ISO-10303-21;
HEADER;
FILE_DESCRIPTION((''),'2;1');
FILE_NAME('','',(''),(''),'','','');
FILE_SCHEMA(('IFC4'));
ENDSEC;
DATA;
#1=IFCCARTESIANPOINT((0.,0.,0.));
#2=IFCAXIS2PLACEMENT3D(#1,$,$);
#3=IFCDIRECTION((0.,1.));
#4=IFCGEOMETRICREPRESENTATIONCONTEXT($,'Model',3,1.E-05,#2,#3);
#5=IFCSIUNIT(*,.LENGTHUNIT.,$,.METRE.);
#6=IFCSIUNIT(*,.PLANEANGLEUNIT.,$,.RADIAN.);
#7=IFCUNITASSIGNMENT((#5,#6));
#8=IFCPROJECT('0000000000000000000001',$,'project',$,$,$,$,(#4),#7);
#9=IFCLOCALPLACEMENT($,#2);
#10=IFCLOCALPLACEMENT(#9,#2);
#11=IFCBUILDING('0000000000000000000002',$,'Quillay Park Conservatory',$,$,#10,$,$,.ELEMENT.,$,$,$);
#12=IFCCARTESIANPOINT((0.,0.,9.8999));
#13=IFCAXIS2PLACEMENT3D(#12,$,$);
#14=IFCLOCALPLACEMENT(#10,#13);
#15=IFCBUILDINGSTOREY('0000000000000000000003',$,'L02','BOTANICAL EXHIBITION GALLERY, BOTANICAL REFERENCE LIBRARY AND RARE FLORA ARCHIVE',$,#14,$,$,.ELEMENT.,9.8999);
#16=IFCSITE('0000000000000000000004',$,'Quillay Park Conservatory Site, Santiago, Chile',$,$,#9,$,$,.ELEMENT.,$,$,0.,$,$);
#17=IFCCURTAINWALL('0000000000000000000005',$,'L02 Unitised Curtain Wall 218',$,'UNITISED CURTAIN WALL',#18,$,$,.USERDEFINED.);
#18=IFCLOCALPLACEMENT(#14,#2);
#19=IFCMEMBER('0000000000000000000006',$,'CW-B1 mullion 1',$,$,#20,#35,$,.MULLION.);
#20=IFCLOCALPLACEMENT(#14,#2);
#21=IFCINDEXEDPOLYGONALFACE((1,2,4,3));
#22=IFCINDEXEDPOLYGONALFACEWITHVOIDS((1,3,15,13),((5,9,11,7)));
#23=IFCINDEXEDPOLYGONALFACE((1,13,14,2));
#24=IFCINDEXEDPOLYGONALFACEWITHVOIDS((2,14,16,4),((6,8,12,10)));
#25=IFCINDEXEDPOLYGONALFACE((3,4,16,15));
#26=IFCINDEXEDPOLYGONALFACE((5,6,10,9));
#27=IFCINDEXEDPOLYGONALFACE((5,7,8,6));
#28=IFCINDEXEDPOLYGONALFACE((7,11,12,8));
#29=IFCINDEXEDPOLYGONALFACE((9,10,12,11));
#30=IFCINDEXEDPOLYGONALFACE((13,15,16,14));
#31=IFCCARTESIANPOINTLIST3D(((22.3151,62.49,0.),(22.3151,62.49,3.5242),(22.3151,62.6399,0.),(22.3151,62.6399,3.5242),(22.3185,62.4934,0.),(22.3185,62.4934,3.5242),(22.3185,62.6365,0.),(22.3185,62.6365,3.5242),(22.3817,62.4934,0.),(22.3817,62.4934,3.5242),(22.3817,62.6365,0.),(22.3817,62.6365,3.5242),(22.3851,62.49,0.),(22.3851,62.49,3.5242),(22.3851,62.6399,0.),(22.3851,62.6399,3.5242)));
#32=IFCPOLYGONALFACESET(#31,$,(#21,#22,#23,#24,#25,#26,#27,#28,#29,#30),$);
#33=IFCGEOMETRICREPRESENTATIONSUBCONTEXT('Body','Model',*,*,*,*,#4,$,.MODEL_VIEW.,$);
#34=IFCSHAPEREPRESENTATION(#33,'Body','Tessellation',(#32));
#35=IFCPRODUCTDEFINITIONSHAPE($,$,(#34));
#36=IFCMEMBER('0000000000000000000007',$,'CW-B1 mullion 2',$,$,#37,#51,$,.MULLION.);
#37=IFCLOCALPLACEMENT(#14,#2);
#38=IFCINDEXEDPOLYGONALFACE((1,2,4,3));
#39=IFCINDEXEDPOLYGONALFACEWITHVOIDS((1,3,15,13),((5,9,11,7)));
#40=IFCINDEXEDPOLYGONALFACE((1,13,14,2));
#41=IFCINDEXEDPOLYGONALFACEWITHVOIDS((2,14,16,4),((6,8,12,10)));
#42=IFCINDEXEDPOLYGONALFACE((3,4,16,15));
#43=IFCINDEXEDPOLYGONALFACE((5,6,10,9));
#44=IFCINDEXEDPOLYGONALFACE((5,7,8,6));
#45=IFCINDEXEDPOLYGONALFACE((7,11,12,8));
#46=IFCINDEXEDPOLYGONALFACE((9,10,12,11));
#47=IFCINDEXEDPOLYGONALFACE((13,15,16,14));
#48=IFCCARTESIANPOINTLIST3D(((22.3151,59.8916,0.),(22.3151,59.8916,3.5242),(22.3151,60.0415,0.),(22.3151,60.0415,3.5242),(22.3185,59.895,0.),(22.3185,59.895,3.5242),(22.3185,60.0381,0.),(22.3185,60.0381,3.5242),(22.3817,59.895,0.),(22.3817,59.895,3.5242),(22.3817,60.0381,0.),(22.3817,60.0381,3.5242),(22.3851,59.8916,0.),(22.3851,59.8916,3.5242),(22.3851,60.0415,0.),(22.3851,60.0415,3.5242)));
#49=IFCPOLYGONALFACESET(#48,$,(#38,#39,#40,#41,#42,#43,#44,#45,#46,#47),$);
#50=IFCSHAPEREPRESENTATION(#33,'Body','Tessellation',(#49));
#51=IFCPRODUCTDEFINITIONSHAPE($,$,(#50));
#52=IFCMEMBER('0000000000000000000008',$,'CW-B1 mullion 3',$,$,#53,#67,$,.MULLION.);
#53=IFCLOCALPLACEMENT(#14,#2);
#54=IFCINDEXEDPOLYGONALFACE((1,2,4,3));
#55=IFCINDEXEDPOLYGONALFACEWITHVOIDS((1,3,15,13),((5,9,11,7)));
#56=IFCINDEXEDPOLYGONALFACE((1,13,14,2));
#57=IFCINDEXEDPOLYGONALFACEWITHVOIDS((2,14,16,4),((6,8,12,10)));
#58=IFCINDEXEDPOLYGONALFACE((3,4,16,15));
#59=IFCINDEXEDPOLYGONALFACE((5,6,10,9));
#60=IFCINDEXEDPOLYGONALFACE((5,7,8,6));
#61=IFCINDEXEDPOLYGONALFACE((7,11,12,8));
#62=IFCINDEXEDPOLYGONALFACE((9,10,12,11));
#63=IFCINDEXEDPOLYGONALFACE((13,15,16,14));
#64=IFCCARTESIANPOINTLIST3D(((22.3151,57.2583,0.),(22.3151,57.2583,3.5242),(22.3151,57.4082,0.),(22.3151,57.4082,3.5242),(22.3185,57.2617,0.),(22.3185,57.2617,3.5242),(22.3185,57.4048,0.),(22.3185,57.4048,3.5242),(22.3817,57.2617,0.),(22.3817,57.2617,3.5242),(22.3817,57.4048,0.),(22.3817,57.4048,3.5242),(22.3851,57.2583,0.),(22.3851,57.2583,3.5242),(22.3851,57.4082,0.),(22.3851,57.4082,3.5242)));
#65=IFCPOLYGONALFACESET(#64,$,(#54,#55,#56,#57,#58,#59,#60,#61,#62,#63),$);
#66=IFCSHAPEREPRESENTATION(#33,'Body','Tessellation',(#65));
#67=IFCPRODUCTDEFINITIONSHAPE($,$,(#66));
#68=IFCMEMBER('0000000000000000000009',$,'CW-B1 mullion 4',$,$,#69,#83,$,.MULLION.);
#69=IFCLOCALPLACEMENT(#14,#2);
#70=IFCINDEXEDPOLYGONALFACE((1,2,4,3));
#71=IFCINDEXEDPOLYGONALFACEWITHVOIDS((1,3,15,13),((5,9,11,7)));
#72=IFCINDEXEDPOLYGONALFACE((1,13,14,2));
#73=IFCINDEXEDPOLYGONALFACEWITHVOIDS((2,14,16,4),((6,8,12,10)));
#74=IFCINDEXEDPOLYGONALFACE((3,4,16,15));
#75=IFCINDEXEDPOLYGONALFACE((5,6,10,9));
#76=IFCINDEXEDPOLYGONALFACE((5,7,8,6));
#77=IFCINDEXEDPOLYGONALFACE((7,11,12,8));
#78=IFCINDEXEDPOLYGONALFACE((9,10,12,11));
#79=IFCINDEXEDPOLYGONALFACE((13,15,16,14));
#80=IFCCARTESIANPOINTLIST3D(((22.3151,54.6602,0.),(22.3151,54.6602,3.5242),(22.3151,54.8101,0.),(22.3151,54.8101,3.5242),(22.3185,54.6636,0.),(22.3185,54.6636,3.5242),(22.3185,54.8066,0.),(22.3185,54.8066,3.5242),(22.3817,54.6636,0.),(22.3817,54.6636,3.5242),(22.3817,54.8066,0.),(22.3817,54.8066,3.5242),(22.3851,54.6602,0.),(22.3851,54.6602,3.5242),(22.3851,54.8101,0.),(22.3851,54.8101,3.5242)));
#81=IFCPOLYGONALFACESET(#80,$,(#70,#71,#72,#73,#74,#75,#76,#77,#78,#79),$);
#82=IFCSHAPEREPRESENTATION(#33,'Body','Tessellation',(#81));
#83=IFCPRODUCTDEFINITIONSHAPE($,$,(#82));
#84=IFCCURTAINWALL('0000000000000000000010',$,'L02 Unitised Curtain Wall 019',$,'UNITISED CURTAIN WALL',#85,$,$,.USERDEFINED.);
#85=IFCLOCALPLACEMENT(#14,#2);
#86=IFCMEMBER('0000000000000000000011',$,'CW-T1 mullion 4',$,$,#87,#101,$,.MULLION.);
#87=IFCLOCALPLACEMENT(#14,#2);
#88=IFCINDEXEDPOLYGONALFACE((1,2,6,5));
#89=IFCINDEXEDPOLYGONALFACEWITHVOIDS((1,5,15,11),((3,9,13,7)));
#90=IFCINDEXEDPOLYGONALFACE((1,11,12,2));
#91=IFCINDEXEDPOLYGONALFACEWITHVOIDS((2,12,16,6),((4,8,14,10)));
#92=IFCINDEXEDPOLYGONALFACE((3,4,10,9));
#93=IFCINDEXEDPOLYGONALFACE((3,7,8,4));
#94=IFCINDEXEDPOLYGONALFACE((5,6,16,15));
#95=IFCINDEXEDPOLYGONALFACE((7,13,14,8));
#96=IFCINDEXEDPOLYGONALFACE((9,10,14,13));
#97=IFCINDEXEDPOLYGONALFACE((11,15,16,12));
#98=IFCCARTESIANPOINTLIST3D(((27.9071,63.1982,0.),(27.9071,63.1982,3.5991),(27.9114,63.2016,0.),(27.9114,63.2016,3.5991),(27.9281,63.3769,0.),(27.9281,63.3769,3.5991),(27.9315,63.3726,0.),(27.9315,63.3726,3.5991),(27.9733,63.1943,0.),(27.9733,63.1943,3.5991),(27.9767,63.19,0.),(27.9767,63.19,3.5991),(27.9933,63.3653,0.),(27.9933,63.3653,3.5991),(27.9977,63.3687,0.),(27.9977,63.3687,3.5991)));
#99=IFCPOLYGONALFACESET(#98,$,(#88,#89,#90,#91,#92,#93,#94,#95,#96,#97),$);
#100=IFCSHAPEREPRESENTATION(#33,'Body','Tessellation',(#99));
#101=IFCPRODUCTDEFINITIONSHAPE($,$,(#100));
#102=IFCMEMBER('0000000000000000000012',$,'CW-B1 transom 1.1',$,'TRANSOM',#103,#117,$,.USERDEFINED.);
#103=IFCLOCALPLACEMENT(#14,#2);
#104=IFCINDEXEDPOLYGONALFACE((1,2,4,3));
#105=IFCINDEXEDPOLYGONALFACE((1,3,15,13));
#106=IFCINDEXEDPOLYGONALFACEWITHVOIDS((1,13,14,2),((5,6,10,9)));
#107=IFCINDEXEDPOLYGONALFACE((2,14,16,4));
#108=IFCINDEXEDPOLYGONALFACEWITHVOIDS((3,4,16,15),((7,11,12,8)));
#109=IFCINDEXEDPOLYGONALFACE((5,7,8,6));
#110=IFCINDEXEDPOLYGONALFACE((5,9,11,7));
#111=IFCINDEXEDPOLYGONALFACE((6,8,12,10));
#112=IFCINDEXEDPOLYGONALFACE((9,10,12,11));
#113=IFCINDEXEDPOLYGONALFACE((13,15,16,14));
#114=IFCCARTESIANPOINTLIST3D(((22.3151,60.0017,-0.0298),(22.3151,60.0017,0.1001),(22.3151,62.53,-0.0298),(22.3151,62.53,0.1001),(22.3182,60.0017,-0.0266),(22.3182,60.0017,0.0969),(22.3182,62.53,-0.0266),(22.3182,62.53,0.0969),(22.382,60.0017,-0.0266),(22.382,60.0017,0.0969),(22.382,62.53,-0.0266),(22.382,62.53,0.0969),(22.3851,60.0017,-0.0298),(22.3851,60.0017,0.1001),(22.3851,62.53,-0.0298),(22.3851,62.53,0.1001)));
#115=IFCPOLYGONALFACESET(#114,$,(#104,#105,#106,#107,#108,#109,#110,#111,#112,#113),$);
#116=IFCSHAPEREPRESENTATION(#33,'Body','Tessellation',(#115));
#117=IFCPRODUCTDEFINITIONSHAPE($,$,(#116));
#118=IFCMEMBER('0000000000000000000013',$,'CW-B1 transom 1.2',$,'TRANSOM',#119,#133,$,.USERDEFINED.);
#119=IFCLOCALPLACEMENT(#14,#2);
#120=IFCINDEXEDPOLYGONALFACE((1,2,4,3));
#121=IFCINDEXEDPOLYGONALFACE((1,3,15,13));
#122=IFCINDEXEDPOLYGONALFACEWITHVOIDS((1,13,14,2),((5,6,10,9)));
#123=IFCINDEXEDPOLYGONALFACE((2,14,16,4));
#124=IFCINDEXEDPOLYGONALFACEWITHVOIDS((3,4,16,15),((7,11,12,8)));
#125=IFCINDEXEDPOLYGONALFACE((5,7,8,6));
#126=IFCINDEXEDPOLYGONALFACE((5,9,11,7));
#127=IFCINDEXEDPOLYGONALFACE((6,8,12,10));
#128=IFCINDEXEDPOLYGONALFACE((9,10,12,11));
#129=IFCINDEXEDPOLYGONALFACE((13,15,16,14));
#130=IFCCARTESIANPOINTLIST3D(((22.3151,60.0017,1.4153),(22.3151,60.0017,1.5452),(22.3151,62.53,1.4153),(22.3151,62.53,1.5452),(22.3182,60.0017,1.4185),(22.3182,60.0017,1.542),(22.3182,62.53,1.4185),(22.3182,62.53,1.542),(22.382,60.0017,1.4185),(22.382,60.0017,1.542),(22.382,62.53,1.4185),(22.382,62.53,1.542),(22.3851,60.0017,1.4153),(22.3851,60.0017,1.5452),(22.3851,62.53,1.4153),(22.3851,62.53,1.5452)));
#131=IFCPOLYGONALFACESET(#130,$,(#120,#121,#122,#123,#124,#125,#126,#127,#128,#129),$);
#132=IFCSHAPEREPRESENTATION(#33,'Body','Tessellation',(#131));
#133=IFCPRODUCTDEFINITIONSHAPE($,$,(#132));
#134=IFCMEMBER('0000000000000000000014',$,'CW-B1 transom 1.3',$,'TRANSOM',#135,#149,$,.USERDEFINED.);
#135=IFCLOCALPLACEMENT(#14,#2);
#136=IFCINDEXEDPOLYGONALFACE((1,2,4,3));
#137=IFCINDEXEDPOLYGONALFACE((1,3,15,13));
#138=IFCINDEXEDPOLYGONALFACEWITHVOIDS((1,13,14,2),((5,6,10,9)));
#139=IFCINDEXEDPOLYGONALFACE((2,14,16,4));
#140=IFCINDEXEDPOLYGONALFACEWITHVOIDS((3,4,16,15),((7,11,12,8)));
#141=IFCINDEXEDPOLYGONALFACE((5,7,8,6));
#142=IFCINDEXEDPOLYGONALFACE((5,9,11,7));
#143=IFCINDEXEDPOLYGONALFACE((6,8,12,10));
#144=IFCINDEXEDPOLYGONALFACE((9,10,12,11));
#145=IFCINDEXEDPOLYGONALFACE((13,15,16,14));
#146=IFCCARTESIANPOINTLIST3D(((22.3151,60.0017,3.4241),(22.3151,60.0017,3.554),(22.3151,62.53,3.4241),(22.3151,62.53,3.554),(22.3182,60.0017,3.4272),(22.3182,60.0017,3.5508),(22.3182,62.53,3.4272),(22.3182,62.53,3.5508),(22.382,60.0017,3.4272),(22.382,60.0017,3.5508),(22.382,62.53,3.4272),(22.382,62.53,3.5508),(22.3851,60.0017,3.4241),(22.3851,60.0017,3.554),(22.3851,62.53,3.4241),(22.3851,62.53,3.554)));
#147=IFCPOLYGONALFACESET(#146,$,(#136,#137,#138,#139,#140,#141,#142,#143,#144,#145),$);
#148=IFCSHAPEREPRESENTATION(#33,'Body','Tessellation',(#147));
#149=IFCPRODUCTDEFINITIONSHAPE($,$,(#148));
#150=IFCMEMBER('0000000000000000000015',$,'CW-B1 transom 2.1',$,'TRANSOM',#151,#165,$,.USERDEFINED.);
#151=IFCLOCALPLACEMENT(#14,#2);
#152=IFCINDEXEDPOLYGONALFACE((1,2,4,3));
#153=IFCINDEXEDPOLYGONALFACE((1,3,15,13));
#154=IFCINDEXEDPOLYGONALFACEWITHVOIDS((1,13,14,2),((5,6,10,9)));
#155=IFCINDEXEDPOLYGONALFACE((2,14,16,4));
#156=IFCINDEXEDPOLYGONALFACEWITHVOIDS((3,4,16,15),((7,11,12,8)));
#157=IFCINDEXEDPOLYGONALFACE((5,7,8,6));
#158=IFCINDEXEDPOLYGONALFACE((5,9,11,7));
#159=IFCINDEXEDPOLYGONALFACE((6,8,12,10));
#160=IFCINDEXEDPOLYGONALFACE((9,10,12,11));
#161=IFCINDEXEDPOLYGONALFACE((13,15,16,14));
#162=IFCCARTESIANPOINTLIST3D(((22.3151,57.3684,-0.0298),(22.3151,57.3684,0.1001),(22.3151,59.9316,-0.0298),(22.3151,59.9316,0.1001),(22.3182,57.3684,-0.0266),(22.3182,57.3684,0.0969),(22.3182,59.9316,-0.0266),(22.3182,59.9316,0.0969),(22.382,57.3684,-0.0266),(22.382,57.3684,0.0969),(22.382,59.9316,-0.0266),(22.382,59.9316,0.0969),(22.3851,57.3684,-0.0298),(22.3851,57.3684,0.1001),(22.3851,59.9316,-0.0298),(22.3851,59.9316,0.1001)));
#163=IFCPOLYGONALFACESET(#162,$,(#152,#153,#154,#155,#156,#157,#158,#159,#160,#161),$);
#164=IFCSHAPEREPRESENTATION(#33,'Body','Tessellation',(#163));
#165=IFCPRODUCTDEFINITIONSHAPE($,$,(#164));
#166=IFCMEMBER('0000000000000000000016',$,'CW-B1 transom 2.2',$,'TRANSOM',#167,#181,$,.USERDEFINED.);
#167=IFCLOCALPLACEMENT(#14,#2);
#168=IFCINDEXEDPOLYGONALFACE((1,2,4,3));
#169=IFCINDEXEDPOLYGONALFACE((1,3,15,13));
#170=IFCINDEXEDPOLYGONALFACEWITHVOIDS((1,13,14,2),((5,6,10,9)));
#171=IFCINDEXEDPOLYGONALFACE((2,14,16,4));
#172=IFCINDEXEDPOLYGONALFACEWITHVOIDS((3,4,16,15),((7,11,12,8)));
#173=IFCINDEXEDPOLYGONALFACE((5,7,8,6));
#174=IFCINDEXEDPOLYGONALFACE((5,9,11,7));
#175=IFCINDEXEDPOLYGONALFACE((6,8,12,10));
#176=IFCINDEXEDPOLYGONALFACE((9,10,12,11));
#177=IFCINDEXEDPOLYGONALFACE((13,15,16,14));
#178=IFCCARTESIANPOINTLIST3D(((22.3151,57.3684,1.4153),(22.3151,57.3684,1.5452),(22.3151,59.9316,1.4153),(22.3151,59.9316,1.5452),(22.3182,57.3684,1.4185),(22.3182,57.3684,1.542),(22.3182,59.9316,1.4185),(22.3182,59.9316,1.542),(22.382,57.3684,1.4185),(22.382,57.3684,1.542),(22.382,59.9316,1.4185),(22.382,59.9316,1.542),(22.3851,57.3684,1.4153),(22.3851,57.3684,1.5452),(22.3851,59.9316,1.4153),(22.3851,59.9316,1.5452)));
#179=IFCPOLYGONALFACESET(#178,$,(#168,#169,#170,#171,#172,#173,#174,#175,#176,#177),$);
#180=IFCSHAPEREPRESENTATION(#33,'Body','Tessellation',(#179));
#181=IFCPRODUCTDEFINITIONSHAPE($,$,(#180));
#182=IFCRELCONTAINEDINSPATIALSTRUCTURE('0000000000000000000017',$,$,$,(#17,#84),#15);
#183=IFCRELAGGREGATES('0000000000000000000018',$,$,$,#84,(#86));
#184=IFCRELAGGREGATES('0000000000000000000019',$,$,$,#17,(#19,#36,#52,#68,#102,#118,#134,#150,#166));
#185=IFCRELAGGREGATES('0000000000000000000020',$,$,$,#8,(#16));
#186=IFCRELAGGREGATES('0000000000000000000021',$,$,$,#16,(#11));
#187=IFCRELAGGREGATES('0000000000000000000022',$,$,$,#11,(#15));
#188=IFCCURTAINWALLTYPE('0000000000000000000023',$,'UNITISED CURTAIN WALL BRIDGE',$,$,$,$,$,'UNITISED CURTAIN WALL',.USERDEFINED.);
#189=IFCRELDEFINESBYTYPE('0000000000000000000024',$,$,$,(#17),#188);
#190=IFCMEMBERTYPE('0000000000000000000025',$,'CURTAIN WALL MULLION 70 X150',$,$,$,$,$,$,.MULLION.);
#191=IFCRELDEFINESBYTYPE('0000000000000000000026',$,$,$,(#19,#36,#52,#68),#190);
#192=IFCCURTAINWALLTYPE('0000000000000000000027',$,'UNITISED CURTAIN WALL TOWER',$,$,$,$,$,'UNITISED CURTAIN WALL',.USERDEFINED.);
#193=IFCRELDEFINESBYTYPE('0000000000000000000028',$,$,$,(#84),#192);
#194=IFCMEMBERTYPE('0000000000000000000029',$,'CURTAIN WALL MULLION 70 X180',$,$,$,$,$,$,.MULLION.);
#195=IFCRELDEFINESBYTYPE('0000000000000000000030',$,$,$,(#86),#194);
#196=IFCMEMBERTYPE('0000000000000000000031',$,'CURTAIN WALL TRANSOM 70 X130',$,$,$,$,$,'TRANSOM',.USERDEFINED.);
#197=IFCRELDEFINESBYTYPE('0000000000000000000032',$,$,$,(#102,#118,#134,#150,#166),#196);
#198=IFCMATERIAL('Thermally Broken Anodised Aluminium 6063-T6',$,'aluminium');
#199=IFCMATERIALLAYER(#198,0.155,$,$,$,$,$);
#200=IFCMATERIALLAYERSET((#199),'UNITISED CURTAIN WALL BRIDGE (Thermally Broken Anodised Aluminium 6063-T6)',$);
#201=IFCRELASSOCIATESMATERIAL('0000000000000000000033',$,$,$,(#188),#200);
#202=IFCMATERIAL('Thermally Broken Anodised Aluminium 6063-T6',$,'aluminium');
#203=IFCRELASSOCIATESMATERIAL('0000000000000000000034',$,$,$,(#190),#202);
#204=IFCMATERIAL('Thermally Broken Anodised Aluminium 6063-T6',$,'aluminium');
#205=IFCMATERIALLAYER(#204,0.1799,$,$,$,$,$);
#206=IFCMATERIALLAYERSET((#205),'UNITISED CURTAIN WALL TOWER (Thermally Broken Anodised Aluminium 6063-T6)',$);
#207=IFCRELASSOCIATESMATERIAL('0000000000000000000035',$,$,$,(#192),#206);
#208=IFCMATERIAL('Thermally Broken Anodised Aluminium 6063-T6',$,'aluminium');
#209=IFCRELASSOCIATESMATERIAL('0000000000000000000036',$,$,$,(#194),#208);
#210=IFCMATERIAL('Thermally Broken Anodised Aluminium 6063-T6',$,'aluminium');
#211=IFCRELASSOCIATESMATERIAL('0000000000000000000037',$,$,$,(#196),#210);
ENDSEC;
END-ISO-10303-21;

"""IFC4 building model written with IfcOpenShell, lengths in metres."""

from ifc_helpers import new_model, si_unit, direction, frame, origin, origin_2d, place, context, subcontext, project, spatial, hollow_rectangle, extrude, material, layer, layer_set, material_profile, profile_set, type_object, element, aggregate, save


model = new_model("IFC4")

# Units and contexts
model_context = context("Model", 3, precision=1e-05, world=origin(), true_north=direction((0.0, 1.0)))
body_context = subcontext(model_context, "Body", "Model", "MODEL_VIEW")
ifc_project = project(units=[si_unit("LENGTHUNIT", "METRE"), si_unit("PLANEANGLEUNIT", "RADIAN")], contexts=[model_context])

# Site, building, storey
site_placement = place(None, origin())
site = spatial("IfcSite", under=ifc_project, at=site_placement, Name="Quillay Park Conservatory Site, Santiago, Chile", CompositionType="ELEMENT", RefElevation=0.0)
building_placement = place(site_placement, origin())
building = spatial("IfcBuilding", under=site, at=building_placement, Name="Quillay Park Conservatory", CompositionType="ELEMENT")
storey_placement = place(building_placement, frame((0.0, 0.0, 9.8999)))
storey = spatial("IfcBuildingStorey", under=building, at=storey_placement, Name="L02", Description="BOTANICAL EXHIBITION GALLERY, BOTANICAL REFERENCE LIBRARY AND RARE FLORA ARCHIVE", CompositionType="ELEMENT", Elevation=9.8999)

# Curtain wall, members
ifc_material_1 = material(Name="Thermally Broken Anodised Aluminium 6063-T6", Category="aluminium")
ifc_layer_1 = layer(ifc_material_1, 0.155)
ifc_layer_set_1 = layer_set([ifc_layer_1], Name="UNITISED CURTAIN WALL BRIDGE (Thermally Broken Anodised Aluminium 6063-T6)")
curtain_wall_type_1 = type_object("IfcCurtainWallType", Name="UNITISED CURTAIN WALL BRIDGE", ElementType="UNITISED CURTAIN WALL", PredefinedType="USERDEFINED", material=ifc_layer_set_1)
curtain_wall_1_placement = place(storey_placement, origin())
curtain_wall_1 = element("IfcCurtainWall", 1, at=curtain_wall_1_placement, inside=storey, type_object=curtain_wall_type_1, Name="L02 Unitised Curtain Wall 218", ObjectType="UNITISED CURTAIN WALL", PredefinedType="USERDEFINED")
ifc_material_2 = material(Name="Thermally Broken Anodised Aluminium 6063-T6", Category="aluminium")
ifc_material_profile_1 = material_profile(ifc_material_2, hollow_rectangle(XDim=0.0701, YDim=0.1499, WallThickness=0.0034, at=origin_2d()), Name="AL70x150x3.5")
ifc_profile_set_1 = profile_set([ifc_material_profile_1], Name="Thermally Broken Anodised Aluminium 6063-T6")
member_type_1 = type_object("IfcMemberType", Name="CURTAIN WALL MULLION 70 X150", PredefinedType="MULLION", material=ifc_profile_set_1)
member_1_placement = place(storey_placement, frame((22.3501, 62.5649, 0.0), z_axis=(0.0, 0.0, 1.0), x_axis=(1.0, 0.0, 0.0)))
member_1 = element("IfcMember", 2, at=member_1_placement, type_object=member_type_1, Name="CW-B1 mullion 1", PredefinedType="MULLION", context=body_context, shape_type="SweptSolid", body=[
    extrude(hollow_rectangle(XDim=0.0701, YDim=0.1499, WallThickness=0.0034, at=origin_2d()), origin(), (0.0, 0.0, 1.0), 3.5242),
])
member_2_placement = place(storey_placement, frame((22.3501, 59.9666, 0.0), z_axis=(0.0, 0.0, 1.0), x_axis=(1.0, 0.0, 0.0)))
member_2 = element("IfcMember", 3, at=member_2_placement, type_object=member_type_1, Name="CW-B1 mullion 2", PredefinedType="MULLION", context=body_context, shape_type="SweptSolid", body=[
    extrude(hollow_rectangle(XDim=0.0701, YDim=0.1499, WallThickness=0.0034, at=origin_2d()), origin(), (0.0, 0.0, 1.0), 3.5242),
])
member_3_placement = place(storey_placement, frame((22.3501, 57.3333, 0.0), z_axis=(0.0, 0.0, 1.0), x_axis=(1.0, 0.0, 0.0)))
member_3 = element("IfcMember", 4, at=member_3_placement, type_object=member_type_1, Name="CW-B1 mullion 3", PredefinedType="MULLION", context=body_context, shape_type="SweptSolid", body=[
    extrude(hollow_rectangle(XDim=0.0701, YDim=0.1499, WallThickness=0.0034, at=origin_2d()), origin(), (0.0, 0.0, 1.0), 3.5242),
])
member_4_placement = place(storey_placement, frame((22.3501, 54.7351, 0.0), z_axis=(0.0, 0.0, 1.0), x_axis=(1.0, 0.0, 0.0)))
member_4 = element("IfcMember", 5, at=member_4_placement, type_object=member_type_1, Name="CW-B1 mullion 4", PredefinedType="MULLION", context=body_context, shape_type="SweptSolid", body=[
    extrude(hollow_rectangle(XDim=0.0701, YDim=0.1499, WallThickness=0.0034, at=origin_2d()), origin(), (0.0, 0.0, 1.0), 3.5242),
])

# Curtain wall, member
ifc_material_3 = material(Name="Thermally Broken Anodised Aluminium 6063-T6", Category="aluminium")
ifc_layer_2 = layer(ifc_material_3, 0.1799)
ifc_layer_set_2 = layer_set([ifc_layer_2], Name="UNITISED CURTAIN WALL TOWER (Thermally Broken Anodised Aluminium 6063-T6)")
curtain_wall_type_2 = type_object("IfcCurtainWallType", Name="UNITISED CURTAIN WALL TOWER", ElementType="UNITISED CURTAIN WALL", PredefinedType="USERDEFINED", material=ifc_layer_set_2)
curtain_wall_2_placement = place(storey_placement, origin())
curtain_wall_2 = element("IfcCurtainWall", 6, at=curtain_wall_2_placement, inside=storey, type_object=curtain_wall_type_2, Name="L02 Unitised Curtain Wall 019", ObjectType="UNITISED CURTAIN WALL", PredefinedType="USERDEFINED")
ifc_material_4 = material(Name="Thermally Broken Anodised Aluminium 6063-T6", Category="aluminium")
ifc_material_profile_2 = material_profile(ifc_material_4, hollow_rectangle(XDim=0.0701, YDim=0.1799, WallThickness=0.0039, at=origin_2d()), Name="AL70x180x4")
ifc_profile_set_2 = profile_set([ifc_material_profile_2], Name="Thermally Broken Anodised Aluminium 6063-T6")
member_type_2 = type_object("IfcMemberType", Name="CURTAIN WALL MULLION 70 X180", PredefinedType="MULLION", material=ifc_profile_set_2)
member_5_placement = place(storey_placement, frame((27.9524, 63.2834, 0.0), z_axis=(0.0, 0.0, 1.0), x_axis=(0.993173, -0.116655, 0.0)))
member_5 = element("IfcMember", 7, at=member_5_placement, type_object=member_type_2, Name="CW-T1 mullion 4", PredefinedType="MULLION", context=body_context, shape_type="SweptSolid", body=[
    extrude(hollow_rectangle(XDim=0.0701, YDim=0.1799, WallThickness=0.0039, at=origin_2d()), origin(), (0.0, 0.0, 1.0), 3.5991),
])
aggregate(curtain_wall_2, [member_5])

# Members
ifc_material_5 = material(Name="Thermally Broken Anodised Aluminium 6063-T6", Category="aluminium")
ifc_material_profile_3 = material_profile(ifc_material_5, hollow_rectangle(XDim=0.0701, YDim=0.1299, WallThickness=0.0032, at=origin_2d()), Name="AL70x130x3.2")
ifc_profile_set_3 = profile_set([ifc_material_profile_3], Name="Thermally Broken Anodised Aluminium 6063-T6")
member_type_3 = type_object("IfcMemberType", Name="CURTAIN WALL TRANSOM 70 X130", ElementType="TRANSOM", PredefinedType="USERDEFINED", material=ifc_profile_set_3)
member_6_placement = place(storey_placement, frame((22.3501, 62.53, 0.0352), z_axis=(0.0, -1.0, 0.0), x_axis=(1.0, 0.0, 0.0)))
member_6 = element("IfcMember", 8, at=member_6_placement, type_object=member_type_3, Name="CW-B1 transom 1.1", ObjectType="TRANSOM", PredefinedType="USERDEFINED", context=body_context, shape_type="SweptSolid", body=[
    extrude(hollow_rectangle(XDim=0.0701, YDim=0.1299, WallThickness=0.0032, at=origin_2d()), origin(), (0.0, 0.0, 1.0), 2.5283),
])
member_7_placement = place(storey_placement, frame((22.3501, 62.53, 1.4802), z_axis=(0.0, -1.0, 0.0), x_axis=(1.0, 0.0, 0.0)))
member_7 = element("IfcMember", 9, at=member_7_placement, type_object=member_type_3, Name="CW-B1 transom 1.2", ObjectType="TRANSOM", PredefinedType="USERDEFINED", context=body_context, shape_type="SweptSolid", body=[
    extrude(hollow_rectangle(XDim=0.0701, YDim=0.1299, WallThickness=0.0032, at=origin_2d()), origin(), (0.0, 0.0, 1.0), 2.5283),
])
member_8_placement = place(storey_placement, frame((22.3501, 62.53, 3.489), z_axis=(0.0, -1.0, 0.0), x_axis=(1.0, 0.0, 0.0)))
member_8 = element("IfcMember", 10, at=member_8_placement, type_object=member_type_3, Name="CW-B1 transom 1.3", ObjectType="TRANSOM", PredefinedType="USERDEFINED", context=body_context, shape_type="SweptSolid", body=[
    extrude(hollow_rectangle(XDim=0.0701, YDim=0.1299, WallThickness=0.0032, at=origin_2d()), origin(), (0.0, 0.0, 1.0), 2.5283),
])
member_9_placement = place(storey_placement, frame((22.3501, 59.9316, 0.0352), z_axis=(0.0, -1.0, 0.0), x_axis=(1.0, 0.0, 0.0)))
member_9 = element("IfcMember", 11, at=member_9_placement, type_object=member_type_3, Name="CW-B1 transom 2.1", ObjectType="TRANSOM", PredefinedType="USERDEFINED", context=body_context, shape_type="SweptSolid", body=[
    extrude(hollow_rectangle(XDim=0.0701, YDim=0.1299, WallThickness=0.0032, at=origin_2d()), origin(), (0.0, 0.0, 1.0), 2.5632),
])
member_10_placement = place(storey_placement, frame((22.3501, 59.9316, 1.4802), z_axis=(0.0, -1.0, 0.0), x_axis=(1.0, 0.0, 0.0)))
member_10 = element("IfcMember", 12, at=member_10_placement, type_object=member_type_3, Name="CW-B1 transom 2.2", ObjectType="TRANSOM", PredefinedType="USERDEFINED", context=body_context, shape_type="SweptSolid", body=[
    extrude(hollow_rectangle(XDim=0.0701, YDim=0.1299, WallThickness=0.0032, at=origin_2d()), origin(), (0.0, 0.0, 1.0), 2.5632),
])

aggregate(curtain_wall_1, [member_1, member_2, member_3, member_4, member_6, member_7, member_8, member_9, member_10])

save(model, "model.ifc")
